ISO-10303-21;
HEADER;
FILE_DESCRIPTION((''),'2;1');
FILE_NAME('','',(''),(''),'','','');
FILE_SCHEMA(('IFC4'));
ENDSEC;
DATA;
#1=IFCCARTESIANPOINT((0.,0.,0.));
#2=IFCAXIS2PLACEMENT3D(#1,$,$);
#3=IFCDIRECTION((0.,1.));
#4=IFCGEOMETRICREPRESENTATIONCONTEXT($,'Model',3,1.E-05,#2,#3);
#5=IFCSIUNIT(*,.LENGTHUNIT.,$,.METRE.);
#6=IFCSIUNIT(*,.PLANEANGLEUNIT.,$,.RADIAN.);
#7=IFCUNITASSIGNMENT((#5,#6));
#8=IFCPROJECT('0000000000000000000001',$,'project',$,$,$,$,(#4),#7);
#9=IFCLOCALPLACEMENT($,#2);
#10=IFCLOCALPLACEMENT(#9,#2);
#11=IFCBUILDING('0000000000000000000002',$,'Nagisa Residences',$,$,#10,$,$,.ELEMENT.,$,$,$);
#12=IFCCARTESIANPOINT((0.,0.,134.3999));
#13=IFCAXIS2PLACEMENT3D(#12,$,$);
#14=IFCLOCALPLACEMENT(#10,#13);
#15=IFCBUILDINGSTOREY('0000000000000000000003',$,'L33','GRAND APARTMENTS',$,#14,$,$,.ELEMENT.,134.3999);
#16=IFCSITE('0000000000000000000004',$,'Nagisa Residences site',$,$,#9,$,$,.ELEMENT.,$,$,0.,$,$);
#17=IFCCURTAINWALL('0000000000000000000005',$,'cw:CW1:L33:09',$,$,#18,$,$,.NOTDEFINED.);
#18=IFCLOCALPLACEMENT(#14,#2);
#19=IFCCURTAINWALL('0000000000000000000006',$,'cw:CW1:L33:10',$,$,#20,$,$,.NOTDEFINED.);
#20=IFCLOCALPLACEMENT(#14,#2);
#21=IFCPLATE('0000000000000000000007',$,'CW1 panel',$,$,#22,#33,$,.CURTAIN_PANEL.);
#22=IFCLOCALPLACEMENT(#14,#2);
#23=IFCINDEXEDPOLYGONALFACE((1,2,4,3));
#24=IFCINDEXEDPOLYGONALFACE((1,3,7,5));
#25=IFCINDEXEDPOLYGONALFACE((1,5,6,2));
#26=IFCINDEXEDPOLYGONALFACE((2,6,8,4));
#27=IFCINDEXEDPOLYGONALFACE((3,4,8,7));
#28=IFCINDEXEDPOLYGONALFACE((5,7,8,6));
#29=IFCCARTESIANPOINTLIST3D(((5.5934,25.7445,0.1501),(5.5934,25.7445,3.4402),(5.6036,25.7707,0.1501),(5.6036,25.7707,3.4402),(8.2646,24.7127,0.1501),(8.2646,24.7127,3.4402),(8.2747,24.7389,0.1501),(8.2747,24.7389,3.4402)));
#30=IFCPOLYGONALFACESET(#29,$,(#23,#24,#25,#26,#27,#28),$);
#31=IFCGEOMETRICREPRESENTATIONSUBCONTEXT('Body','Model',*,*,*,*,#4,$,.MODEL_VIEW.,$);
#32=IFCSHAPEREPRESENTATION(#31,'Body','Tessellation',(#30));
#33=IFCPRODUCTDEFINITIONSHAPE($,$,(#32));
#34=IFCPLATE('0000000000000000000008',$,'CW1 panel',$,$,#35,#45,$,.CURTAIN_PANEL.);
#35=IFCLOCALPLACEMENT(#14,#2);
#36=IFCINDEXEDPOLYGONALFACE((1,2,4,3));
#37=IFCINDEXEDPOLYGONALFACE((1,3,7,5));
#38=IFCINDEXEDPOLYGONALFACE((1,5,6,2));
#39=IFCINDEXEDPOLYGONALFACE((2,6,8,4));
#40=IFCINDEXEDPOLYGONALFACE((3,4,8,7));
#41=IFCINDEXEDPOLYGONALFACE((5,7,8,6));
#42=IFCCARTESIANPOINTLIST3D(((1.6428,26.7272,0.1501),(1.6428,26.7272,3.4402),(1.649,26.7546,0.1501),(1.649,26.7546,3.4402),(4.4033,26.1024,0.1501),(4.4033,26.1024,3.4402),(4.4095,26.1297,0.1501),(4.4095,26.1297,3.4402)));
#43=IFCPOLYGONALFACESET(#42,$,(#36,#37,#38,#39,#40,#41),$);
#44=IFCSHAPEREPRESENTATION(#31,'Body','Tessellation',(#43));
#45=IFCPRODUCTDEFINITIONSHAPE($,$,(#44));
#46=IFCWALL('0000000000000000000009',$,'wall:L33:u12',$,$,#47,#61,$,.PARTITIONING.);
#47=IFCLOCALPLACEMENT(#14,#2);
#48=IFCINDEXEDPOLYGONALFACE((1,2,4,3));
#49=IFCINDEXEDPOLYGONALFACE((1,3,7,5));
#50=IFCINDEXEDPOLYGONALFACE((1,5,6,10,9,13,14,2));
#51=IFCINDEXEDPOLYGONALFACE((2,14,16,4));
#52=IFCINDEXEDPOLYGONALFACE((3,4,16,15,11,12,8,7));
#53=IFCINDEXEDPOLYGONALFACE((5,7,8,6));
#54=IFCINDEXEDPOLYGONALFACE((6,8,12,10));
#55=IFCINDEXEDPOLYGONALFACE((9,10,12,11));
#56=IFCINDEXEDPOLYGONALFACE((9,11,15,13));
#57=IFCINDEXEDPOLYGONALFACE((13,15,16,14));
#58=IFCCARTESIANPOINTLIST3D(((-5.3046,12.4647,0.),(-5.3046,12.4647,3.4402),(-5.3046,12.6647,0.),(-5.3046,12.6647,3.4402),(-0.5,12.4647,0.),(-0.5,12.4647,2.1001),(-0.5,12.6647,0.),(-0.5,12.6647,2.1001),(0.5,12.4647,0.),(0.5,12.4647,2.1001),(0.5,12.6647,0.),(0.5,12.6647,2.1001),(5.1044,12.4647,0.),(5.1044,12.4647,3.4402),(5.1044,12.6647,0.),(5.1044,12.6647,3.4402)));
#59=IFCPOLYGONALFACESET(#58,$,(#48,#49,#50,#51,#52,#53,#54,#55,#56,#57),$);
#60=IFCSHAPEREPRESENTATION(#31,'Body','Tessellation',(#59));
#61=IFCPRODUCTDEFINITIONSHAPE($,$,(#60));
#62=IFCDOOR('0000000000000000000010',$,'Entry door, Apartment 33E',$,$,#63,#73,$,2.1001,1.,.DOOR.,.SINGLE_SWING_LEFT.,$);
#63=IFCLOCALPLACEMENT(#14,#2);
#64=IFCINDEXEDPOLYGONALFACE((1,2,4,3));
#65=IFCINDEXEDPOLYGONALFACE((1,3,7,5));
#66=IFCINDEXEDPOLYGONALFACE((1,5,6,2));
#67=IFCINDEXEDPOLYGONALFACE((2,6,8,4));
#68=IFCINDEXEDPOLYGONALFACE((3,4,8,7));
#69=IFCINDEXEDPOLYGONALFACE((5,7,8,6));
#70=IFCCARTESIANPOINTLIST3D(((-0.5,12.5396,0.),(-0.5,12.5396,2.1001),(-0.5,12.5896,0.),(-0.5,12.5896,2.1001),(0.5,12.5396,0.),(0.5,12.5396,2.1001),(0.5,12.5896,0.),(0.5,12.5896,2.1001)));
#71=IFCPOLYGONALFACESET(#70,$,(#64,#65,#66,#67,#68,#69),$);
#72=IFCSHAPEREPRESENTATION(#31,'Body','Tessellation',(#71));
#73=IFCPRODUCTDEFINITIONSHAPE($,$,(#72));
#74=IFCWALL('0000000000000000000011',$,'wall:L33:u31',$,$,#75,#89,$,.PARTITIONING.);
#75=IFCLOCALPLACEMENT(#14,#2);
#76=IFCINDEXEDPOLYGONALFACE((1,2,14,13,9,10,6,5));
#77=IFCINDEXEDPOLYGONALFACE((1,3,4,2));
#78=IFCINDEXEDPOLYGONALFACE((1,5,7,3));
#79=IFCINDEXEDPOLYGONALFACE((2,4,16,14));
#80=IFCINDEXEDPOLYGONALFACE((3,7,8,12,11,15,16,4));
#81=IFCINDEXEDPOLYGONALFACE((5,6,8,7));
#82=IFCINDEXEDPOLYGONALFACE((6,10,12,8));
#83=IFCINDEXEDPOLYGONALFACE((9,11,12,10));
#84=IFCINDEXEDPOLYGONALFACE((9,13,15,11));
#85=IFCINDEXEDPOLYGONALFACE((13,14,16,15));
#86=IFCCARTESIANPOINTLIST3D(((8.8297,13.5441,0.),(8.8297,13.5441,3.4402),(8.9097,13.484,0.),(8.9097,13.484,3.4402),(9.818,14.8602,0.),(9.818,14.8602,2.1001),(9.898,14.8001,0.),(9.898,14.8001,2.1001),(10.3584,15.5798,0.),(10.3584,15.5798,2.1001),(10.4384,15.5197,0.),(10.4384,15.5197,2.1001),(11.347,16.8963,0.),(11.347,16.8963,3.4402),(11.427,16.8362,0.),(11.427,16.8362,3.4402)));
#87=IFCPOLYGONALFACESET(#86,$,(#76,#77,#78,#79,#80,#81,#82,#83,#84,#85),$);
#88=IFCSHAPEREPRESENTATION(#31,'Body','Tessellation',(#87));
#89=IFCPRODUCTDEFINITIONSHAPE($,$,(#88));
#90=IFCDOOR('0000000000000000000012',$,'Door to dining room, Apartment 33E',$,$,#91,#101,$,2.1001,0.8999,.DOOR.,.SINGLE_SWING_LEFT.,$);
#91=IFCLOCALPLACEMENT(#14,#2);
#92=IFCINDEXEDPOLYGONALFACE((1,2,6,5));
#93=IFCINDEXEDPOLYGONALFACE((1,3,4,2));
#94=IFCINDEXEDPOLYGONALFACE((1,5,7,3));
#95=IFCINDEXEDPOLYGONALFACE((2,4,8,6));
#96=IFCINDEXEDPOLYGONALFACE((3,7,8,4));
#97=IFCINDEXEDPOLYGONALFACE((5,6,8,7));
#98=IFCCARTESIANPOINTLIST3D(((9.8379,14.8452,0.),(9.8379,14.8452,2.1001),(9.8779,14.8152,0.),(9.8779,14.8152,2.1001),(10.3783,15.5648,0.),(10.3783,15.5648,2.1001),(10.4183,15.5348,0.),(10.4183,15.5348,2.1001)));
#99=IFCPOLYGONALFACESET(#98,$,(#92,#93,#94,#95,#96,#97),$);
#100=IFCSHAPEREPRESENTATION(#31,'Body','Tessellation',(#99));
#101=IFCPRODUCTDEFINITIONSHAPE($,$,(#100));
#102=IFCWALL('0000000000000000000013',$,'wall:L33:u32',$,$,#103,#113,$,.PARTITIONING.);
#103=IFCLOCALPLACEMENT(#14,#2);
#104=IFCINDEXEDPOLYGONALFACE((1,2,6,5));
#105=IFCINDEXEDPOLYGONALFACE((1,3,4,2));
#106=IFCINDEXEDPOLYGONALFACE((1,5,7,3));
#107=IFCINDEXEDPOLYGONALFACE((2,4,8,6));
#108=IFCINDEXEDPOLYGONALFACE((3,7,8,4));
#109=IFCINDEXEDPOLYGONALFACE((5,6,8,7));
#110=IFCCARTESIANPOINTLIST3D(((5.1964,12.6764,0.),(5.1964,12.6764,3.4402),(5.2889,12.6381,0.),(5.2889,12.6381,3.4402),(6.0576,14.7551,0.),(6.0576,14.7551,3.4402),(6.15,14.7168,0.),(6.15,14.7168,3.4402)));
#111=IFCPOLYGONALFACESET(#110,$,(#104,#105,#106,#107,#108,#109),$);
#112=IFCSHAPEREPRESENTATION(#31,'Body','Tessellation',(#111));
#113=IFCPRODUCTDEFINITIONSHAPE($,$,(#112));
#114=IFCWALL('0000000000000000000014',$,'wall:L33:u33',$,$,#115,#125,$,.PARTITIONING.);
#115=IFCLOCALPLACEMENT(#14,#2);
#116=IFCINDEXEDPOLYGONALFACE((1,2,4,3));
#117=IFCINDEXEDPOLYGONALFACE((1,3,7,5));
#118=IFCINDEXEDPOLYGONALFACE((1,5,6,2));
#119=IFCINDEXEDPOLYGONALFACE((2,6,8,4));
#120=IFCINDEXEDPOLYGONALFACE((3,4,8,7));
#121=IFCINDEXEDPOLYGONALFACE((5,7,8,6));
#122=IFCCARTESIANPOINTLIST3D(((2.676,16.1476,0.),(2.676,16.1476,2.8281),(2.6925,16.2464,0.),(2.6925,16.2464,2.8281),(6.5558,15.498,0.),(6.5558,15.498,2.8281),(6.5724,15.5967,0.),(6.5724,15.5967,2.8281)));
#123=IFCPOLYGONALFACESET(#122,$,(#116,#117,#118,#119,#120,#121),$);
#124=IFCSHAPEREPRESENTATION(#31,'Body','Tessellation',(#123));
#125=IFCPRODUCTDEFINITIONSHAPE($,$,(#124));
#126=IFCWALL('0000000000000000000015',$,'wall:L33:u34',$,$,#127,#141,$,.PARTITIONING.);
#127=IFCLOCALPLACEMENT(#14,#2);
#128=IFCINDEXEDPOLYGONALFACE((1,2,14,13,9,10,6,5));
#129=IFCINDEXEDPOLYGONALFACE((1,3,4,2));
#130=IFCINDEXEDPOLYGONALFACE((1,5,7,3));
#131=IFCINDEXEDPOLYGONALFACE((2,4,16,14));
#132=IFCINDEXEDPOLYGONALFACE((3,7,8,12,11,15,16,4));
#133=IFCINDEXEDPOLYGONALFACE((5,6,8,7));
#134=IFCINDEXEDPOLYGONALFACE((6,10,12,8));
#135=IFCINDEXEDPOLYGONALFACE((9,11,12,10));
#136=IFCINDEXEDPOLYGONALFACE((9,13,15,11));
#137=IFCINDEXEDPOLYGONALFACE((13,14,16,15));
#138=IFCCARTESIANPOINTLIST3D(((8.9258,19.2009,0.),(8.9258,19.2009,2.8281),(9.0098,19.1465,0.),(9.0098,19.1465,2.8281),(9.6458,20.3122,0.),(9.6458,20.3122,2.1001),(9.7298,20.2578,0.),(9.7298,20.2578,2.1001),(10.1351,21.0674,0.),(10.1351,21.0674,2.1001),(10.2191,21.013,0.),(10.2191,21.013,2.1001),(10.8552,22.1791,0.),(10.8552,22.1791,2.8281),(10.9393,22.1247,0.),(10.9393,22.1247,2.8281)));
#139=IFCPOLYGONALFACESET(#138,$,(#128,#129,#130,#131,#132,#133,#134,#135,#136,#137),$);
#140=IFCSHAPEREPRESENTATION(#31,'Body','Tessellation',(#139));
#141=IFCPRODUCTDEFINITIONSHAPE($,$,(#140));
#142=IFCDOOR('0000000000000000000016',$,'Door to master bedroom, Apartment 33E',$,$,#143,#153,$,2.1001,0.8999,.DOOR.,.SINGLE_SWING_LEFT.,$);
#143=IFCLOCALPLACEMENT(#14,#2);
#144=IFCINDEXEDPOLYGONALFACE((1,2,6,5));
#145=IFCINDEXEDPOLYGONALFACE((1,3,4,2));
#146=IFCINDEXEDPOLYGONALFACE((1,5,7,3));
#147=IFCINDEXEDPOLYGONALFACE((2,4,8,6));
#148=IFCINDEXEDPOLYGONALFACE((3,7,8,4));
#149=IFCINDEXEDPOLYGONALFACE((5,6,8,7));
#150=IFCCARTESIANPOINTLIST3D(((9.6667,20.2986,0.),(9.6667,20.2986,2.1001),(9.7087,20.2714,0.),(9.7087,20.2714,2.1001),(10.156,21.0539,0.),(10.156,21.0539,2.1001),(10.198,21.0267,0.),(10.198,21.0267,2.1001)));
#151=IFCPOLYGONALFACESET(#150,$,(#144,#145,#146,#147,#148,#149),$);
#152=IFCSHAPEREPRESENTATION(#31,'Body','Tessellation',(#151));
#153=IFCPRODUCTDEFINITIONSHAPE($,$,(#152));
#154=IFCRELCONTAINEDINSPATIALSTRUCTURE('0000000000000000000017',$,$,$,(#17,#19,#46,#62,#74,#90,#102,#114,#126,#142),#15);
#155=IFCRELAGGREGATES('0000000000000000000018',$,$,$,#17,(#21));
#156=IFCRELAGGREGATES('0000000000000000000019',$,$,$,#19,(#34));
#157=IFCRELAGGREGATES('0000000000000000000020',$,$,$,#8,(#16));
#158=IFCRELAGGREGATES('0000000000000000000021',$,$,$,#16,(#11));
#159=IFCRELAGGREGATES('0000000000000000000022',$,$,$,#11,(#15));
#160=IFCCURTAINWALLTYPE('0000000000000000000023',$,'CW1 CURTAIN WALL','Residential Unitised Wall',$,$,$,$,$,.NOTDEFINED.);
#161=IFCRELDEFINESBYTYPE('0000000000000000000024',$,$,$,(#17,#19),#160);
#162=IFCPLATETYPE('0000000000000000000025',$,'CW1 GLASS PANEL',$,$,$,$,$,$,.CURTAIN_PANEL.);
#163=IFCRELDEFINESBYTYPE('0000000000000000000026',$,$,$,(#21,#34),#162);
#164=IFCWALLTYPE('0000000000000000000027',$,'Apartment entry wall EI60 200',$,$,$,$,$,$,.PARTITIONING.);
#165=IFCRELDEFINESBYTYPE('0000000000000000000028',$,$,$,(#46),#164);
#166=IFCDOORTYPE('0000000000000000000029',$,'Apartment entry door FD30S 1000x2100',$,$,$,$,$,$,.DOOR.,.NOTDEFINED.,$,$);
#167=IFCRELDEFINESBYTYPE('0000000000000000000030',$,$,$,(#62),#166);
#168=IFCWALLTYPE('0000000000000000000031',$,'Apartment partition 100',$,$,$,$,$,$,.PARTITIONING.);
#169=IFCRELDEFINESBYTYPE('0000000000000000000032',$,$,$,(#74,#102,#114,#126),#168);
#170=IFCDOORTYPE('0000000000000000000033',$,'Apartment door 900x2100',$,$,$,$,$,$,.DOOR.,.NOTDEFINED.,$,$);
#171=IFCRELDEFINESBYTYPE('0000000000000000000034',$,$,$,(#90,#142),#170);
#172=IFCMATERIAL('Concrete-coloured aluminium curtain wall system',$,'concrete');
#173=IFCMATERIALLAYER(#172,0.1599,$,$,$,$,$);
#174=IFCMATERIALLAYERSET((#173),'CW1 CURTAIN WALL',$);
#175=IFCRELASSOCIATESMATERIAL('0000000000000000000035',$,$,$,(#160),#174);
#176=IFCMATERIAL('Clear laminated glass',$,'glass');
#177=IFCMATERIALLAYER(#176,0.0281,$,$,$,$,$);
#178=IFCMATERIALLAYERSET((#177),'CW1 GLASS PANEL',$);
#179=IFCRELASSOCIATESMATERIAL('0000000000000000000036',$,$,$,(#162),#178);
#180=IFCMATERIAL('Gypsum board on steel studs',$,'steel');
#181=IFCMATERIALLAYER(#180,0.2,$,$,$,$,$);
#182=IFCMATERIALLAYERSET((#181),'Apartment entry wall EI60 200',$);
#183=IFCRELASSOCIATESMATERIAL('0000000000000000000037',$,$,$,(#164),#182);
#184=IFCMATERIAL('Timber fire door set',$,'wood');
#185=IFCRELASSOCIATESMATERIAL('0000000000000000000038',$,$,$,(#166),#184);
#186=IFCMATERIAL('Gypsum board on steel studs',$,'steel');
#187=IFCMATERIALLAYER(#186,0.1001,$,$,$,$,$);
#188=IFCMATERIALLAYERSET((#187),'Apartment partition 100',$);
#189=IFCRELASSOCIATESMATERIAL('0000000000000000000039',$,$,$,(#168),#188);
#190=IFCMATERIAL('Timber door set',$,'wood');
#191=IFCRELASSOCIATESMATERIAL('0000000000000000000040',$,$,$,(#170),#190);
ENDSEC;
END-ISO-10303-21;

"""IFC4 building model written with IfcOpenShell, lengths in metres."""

from ifc_helpers import new_model, si_unit, direction, frame, frame_2d, origin, origin_2d, place, context, subcontext, project, spatial, rectangle, extrude, material, layer, layer_set, type_object, element, fill, aggregate, save


model = new_model("IFC4")

# Units and contexts
model_context = context("Model", 3, precision=1e-05, world=origin(), true_north=direction((0.0, 1.0)))
body_context = subcontext(model_context, "Body", "Model", "MODEL_VIEW")
ifc_project = project(units=[si_unit("LENGTHUNIT", "METRE"), si_unit("PLANEANGLEUNIT", "RADIAN")], contexts=[model_context])

# Site, building, storey
site_placement = place(None, origin())
site = spatial("IfcSite", under=ifc_project, at=site_placement, Name="Nagisa Residences site", CompositionType="ELEMENT", RefElevation=0.0)
building_placement = place(site_placement, origin())
building = spatial("IfcBuilding", under=site, at=building_placement, Name="Nagisa Residences", CompositionType="ELEMENT")
storey_placement = place(building_placement, frame((0.0, 0.0, 134.3999)))
storey = spatial("IfcBuildingStorey", under=building, at=storey_placement, Name="L33", Description="GRAND APARTMENTS", CompositionType="ELEMENT", Elevation=134.3999)

# Curtain walls
ifc_material_1 = material(Name="Concrete-coloured aluminium curtain wall system", Category="concrete")
ifc_layer_1 = layer(ifc_material_1, 0.1599)
ifc_layer_set_1 = layer_set([ifc_layer_1], Name="CW1 CURTAIN WALL")
curtain_wall_type = type_object("IfcCurtainWallType", Name="CW1 CURTAIN WALL", Description="Residential Unitised Wall", PredefinedType="NOTDEFINED", material=ifc_layer_set_1)
curtain_wall_1_placement = place(storey_placement, origin())
curtain_wall_1 = element("IfcCurtainWall", 1, at=curtain_wall_1_placement, inside=storey, type_object=curtain_wall_type, Name="cw:CW1:L33:09", PredefinedType="NOTDEFINED")
curtain_wall_2_placement = place(storey_placement, origin())
curtain_wall_2 = element("IfcCurtainWall", 2, at=curtain_wall_2_placement, inside=storey, type_object=curtain_wall_type, Name="cw:CW1:L33:10", PredefinedType="NOTDEFINED")

# Plates
ifc_material_2 = material(Name="Clear laminated glass", Category="glass")
ifc_layer_2 = layer(ifc_material_2, 0.0281)
ifc_layer_set_2 = layer_set([ifc_layer_2], Name="CW1 GLASS PANEL")
plate_type = type_object("IfcPlateType", Name="CW1 GLASS PANEL", PredefinedType="CURTAIN_PANEL", material=ifc_layer_set_2)
plate_1_placement = place(storey_placement, frame((6.9341, 25.2417, 0.1501), z_axis=(0.0, 0.0, 1.0), x_axis=(-0.932826, 0.360328, 0.0)))
plate_1 = element("IfcPlate", 3, at=plate_1_placement, type_object=plate_type, Name="CW1 panel", PredefinedType="CURTAIN_PANEL", context=body_context, shape_type="SweptSolid", body=[
    extrude(rectangle(XDim=2.8635, YDim=0.0281, at=origin_2d()), origin(), (0.0, 0.0, 1.0), 3.29),
])
aggregate(curtain_wall_1, [plate_1])
plate_2_placement = place(storey_placement, frame((3.0261, 26.4285, 0.1501), z_axis=(0.0, 0.0, 1.0), x_axis=(-0.975327, 0.220764, 0.0)))
plate_2 = element("IfcPlate", 4, at=plate_2_placement, type_object=plate_type, Name="CW1 panel", PredefinedType="CURTAIN_PANEL", context=body_context, shape_type="SweptSolid", body=[
    extrude(rectangle(XDim=2.8303, YDim=0.0281, at=origin_2d()), origin(), (0.0, 0.0, 1.0), 3.29),
])
aggregate(curtain_wall_2, [plate_2])

# Walls, openings, doors
ifc_material_3 = material(Name="Gypsum board on steel studs", Category="steel")
ifc_layer_3 = layer(ifc_material_3, 0.2)
ifc_layer_set_3 = layer_set([ifc_layer_3], Name="Apartment entry wall EI60 200")
wall_type_1 = type_object("IfcWallType", Name="Apartment entry wall EI60 200", PredefinedType="PARTITIONING", material=ifc_layer_set_3)
wall_1_placement = place(storey_placement, frame((5.1045, 12.5647, 0.0), z_axis=(0.0, 0.0, 1.0), x_axis=(-1.0, 0.0, 0.0)))
wall_1 = element("IfcWall", 5, at=wall_1_placement, inside=storey, type_object=wall_type_1, Name="wall:L33:u12", PredefinedType="PARTITIONING", context=body_context, shape_type="SweptSolid", body=[
    extrude(rectangle(XDim=10.4089, YDim=0.2, at=frame_2d((5.2046, 0.0))), origin(), (0.0, 0.0, 1.0), 3.4402),
])
opening_1_placement = place(wall_1_placement, frame((4.6045, 0.0, 0.0)))
opening_1 = element("IfcOpeningElement", 6, at=opening_1_placement, cuts=wall_1, PredefinedType="OPENING", context=body_context, shape_type="SweptSolid", body=[
    extrude(rectangle(XDim=1.0, YDim=2.1001, at=frame_2d((0.5, 1.05))), frame((0.0, 0.1099, 0.0), z_axis=(0.0, -1.0, 0.0), x_axis=(1.0, 0.0, 0.0)), (0.0, 0.0, 1.0), 0.22),
])
ifc_material_4 = material(Name="Timber fire door set", Category="wood")
door_type_1 = type_object("IfcDoorType", Name="Apartment entry door FD30S 1000x2100", OperationType="NOTDEFINED", PredefinedType="DOOR", material=ifc_material_4)
door_1_placement = place(opening_1_placement, frame((1.0, 0.0, 0.0), x_axis=(-1.0, 0.0, 0.0)))
door_1 = element("IfcDoor", 7, at=door_1_placement, inside=storey, type_object=door_type_1, Name="Entry door, Apartment 33E", OperationType="SINGLE_SWING_LEFT", OverallHeight=2.1001, OverallWidth=1.0, PredefinedType="DOOR", context=body_context, shape_type="SweptSolid", body=[
    extrude(rectangle(XDim=1.0, YDim=2.1001, at=frame_2d((0.5, 1.05))), frame((0.0, 0.0249, 0.0), z_axis=(0.0, -1.0, 0.0), x_axis=(1.0, 0.0, 0.0)), (0.0, 0.0, 1.0), 0.05),
])
fill(opening_1, door_1)
ifc_material_5 = material(Name="Gypsum board on steel studs", Category="steel")
ifc_layer_4 = layer(ifc_material_5, 0.1001)
ifc_layer_set_4 = layer_set([ifc_layer_4], Name="Apartment partition 100")
wall_type_2 = type_object("IfcWallType", Name="Apartment partition 100", PredefinedType="PARTITIONING", material=ifc_layer_set_4)
wall_2_placement = place(storey_placement, frame((8.8696, 13.5139, 0.0), z_axis=(0.0, 0.0, 1.0), x_axis=(0.600475, 0.799643, 0.0)))
wall_2 = element("IfcWall", 8, at=wall_2_placement, inside=storey, type_object=wall_type_2, Name="wall:L33:u31", PredefinedType="PARTITIONING", context=body_context, shape_type="SweptSolid", body=[
    extrude(rectangle(XDim=4.1921, YDim=0.1001, at=frame_2d((2.0962, 0.0))), origin(), (0.0, 0.0, 1.0), 3.4402),
])
opening_2_placement = place(wall_2_placement, frame((1.646, 0.0, 0.0)))
opening_2 = element("IfcOpeningElement", 9, at=opening_2_placement, cuts=wall_2, PredefinedType="OPENING", context=body_context, shape_type="SweptSolid", body=[
    extrude(rectangle(XDim=0.8999, YDim=2.1001, at=frame_2d((0.45, 1.05))), frame((0.0, 0.0601, 0.0), z_axis=(0.0, -1.0, 0.0), x_axis=(1.0, 0.0, 0.0)), (0.0, 0.0, 1.0), 0.1201),
])
ifc_material_6 = material(Name="Timber door set", Category="wood")
door_type_2 = type_object("IfcDoorType", Name="Apartment door 900x2100", OperationType="NOTDEFINED", PredefinedType="DOOR", material=ifc_material_6)
door_2_placement = place(opening_2_placement, frame((0.8999, 0.0, 0.0), x_axis=(-1.0, 0.0, 0.0)))
door_2 = element("IfcDoor", 10, at=door_2_placement, inside=storey, type_object=door_type_2, Name="Door to dining room, Apartment 33E", OperationType="SINGLE_SWING_LEFT", OverallHeight=2.1001, OverallWidth=0.8999, PredefinedType="DOOR", context=body_context, shape_type="SweptSolid", body=[
    extrude(rectangle(XDim=0.8999, YDim=2.1001, at=frame_2d((0.45, 1.05))), frame((0.0, 0.0249, 0.0), z_axis=(0.0, -1.0, 0.0), x_axis=(1.0, 0.0, 0.0)), (0.0, 0.0, 1.0), 0.05),
])
fill(opening_2, door_2)

# Walls
wall_3_placement = place(storey_placement, frame((5.2427, 12.6572, 0.0), z_axis=(0.0, 0.0, 1.0), x_axis=(0.382719, 0.923865, 0.0)))
element("IfcWall", 11, at=wall_3_placement, inside=storey, type_object=wall_type_2, Name="wall:L33:u32", PredefinedType="PARTITIONING", context=body_context, shape_type="SweptSolid", body=[
    extrude(rectangle(XDim=2.25, YDim=0.1001, at=frame_2d((1.125, 0.0))), origin(), (0.0, 0.0, 1.0), 3.4402),
])
wall_4_placement = place(storey_placement, frame((6.564, 15.5474, 0.0), z_axis=(0.0, 0.0, 1.0), x_axis=(-0.98627, 0.165144, 0.0)))
element("IfcWall", 12, at=wall_4_placement, inside=storey, type_object=wall_type_2, Name="wall:L33:u33", PredefinedType="PARTITIONING", context=body_context, shape_type="SweptSolid", body=[
    extrude(rectangle(XDim=3.9338, YDim=0.1001, at=frame_2d((1.9668, 0.0))), origin(), (0.0, 0.0, 1.0), 2.8281),
])

# Wall, opening, door
wall_5_placement = place(storey_placement, frame((8.9678, 19.1736, 0.0), z_axis=(0.0, 0.0, 1.0), x_axis=(0.543713, 0.839271, 0.0)))
wall_5 = element("IfcWall", 13, at=wall_5_placement, inside=storey, type_object=wall_type_2, Name="wall:L33:u34", PredefinedType="PARTITIONING", context=body_context, shape_type="SweptSolid", body=[
    extrude(rectangle(XDim=3.5486, YDim=0.1001, at=frame_2d((1.7744, 0.0))), origin(), (0.0, 0.0, 1.0), 2.8281),
])
opening_3_placement = place(wall_5_placement, frame((1.3242, 0.0, 0.0)))
opening_3 = element("IfcOpeningElement", 14, at=opening_3_placement, cuts=wall_5, PredefinedType="OPENING", context=body_context, shape_type="SweptSolid", body=[
    extrude(rectangle(XDim=0.8999, YDim=2.1001, at=frame_2d((0.45, 1.05))), frame((0.0, 0.0601, 0.0), z_axis=(0.0, -1.0, 0.0), x_axis=(1.0, 0.0, 0.0)), (0.0, 0.0, 1.0), 0.1201),
])
door_3_placement = place(opening_3_placement, frame((0.8999, 0.0, 0.0), x_axis=(-1.0, 0.0, 0.0)))
door_3 = element("IfcDoor", 15, at=door_3_placement, inside=storey, type_object=door_type_2, Name="Door to master bedroom, Apartment 33E", OperationType="SINGLE_SWING_LEFT", OverallHeight=2.1001, OverallWidth=0.8999, PredefinedType="DOOR", context=body_context, shape_type="SweptSolid", body=[
    extrude(rectangle(XDim=0.8999, YDim=2.1001, at=frame_2d((0.45, 1.05))), frame((0.0, 0.0249, 0.0), z_axis=(0.0, -1.0, 0.0), x_axis=(1.0, 0.0, 0.0)), (0.0, 0.0, 1.0), 0.05),
])
fill(opening_3, door_3)

save(model, "model.ifc")
